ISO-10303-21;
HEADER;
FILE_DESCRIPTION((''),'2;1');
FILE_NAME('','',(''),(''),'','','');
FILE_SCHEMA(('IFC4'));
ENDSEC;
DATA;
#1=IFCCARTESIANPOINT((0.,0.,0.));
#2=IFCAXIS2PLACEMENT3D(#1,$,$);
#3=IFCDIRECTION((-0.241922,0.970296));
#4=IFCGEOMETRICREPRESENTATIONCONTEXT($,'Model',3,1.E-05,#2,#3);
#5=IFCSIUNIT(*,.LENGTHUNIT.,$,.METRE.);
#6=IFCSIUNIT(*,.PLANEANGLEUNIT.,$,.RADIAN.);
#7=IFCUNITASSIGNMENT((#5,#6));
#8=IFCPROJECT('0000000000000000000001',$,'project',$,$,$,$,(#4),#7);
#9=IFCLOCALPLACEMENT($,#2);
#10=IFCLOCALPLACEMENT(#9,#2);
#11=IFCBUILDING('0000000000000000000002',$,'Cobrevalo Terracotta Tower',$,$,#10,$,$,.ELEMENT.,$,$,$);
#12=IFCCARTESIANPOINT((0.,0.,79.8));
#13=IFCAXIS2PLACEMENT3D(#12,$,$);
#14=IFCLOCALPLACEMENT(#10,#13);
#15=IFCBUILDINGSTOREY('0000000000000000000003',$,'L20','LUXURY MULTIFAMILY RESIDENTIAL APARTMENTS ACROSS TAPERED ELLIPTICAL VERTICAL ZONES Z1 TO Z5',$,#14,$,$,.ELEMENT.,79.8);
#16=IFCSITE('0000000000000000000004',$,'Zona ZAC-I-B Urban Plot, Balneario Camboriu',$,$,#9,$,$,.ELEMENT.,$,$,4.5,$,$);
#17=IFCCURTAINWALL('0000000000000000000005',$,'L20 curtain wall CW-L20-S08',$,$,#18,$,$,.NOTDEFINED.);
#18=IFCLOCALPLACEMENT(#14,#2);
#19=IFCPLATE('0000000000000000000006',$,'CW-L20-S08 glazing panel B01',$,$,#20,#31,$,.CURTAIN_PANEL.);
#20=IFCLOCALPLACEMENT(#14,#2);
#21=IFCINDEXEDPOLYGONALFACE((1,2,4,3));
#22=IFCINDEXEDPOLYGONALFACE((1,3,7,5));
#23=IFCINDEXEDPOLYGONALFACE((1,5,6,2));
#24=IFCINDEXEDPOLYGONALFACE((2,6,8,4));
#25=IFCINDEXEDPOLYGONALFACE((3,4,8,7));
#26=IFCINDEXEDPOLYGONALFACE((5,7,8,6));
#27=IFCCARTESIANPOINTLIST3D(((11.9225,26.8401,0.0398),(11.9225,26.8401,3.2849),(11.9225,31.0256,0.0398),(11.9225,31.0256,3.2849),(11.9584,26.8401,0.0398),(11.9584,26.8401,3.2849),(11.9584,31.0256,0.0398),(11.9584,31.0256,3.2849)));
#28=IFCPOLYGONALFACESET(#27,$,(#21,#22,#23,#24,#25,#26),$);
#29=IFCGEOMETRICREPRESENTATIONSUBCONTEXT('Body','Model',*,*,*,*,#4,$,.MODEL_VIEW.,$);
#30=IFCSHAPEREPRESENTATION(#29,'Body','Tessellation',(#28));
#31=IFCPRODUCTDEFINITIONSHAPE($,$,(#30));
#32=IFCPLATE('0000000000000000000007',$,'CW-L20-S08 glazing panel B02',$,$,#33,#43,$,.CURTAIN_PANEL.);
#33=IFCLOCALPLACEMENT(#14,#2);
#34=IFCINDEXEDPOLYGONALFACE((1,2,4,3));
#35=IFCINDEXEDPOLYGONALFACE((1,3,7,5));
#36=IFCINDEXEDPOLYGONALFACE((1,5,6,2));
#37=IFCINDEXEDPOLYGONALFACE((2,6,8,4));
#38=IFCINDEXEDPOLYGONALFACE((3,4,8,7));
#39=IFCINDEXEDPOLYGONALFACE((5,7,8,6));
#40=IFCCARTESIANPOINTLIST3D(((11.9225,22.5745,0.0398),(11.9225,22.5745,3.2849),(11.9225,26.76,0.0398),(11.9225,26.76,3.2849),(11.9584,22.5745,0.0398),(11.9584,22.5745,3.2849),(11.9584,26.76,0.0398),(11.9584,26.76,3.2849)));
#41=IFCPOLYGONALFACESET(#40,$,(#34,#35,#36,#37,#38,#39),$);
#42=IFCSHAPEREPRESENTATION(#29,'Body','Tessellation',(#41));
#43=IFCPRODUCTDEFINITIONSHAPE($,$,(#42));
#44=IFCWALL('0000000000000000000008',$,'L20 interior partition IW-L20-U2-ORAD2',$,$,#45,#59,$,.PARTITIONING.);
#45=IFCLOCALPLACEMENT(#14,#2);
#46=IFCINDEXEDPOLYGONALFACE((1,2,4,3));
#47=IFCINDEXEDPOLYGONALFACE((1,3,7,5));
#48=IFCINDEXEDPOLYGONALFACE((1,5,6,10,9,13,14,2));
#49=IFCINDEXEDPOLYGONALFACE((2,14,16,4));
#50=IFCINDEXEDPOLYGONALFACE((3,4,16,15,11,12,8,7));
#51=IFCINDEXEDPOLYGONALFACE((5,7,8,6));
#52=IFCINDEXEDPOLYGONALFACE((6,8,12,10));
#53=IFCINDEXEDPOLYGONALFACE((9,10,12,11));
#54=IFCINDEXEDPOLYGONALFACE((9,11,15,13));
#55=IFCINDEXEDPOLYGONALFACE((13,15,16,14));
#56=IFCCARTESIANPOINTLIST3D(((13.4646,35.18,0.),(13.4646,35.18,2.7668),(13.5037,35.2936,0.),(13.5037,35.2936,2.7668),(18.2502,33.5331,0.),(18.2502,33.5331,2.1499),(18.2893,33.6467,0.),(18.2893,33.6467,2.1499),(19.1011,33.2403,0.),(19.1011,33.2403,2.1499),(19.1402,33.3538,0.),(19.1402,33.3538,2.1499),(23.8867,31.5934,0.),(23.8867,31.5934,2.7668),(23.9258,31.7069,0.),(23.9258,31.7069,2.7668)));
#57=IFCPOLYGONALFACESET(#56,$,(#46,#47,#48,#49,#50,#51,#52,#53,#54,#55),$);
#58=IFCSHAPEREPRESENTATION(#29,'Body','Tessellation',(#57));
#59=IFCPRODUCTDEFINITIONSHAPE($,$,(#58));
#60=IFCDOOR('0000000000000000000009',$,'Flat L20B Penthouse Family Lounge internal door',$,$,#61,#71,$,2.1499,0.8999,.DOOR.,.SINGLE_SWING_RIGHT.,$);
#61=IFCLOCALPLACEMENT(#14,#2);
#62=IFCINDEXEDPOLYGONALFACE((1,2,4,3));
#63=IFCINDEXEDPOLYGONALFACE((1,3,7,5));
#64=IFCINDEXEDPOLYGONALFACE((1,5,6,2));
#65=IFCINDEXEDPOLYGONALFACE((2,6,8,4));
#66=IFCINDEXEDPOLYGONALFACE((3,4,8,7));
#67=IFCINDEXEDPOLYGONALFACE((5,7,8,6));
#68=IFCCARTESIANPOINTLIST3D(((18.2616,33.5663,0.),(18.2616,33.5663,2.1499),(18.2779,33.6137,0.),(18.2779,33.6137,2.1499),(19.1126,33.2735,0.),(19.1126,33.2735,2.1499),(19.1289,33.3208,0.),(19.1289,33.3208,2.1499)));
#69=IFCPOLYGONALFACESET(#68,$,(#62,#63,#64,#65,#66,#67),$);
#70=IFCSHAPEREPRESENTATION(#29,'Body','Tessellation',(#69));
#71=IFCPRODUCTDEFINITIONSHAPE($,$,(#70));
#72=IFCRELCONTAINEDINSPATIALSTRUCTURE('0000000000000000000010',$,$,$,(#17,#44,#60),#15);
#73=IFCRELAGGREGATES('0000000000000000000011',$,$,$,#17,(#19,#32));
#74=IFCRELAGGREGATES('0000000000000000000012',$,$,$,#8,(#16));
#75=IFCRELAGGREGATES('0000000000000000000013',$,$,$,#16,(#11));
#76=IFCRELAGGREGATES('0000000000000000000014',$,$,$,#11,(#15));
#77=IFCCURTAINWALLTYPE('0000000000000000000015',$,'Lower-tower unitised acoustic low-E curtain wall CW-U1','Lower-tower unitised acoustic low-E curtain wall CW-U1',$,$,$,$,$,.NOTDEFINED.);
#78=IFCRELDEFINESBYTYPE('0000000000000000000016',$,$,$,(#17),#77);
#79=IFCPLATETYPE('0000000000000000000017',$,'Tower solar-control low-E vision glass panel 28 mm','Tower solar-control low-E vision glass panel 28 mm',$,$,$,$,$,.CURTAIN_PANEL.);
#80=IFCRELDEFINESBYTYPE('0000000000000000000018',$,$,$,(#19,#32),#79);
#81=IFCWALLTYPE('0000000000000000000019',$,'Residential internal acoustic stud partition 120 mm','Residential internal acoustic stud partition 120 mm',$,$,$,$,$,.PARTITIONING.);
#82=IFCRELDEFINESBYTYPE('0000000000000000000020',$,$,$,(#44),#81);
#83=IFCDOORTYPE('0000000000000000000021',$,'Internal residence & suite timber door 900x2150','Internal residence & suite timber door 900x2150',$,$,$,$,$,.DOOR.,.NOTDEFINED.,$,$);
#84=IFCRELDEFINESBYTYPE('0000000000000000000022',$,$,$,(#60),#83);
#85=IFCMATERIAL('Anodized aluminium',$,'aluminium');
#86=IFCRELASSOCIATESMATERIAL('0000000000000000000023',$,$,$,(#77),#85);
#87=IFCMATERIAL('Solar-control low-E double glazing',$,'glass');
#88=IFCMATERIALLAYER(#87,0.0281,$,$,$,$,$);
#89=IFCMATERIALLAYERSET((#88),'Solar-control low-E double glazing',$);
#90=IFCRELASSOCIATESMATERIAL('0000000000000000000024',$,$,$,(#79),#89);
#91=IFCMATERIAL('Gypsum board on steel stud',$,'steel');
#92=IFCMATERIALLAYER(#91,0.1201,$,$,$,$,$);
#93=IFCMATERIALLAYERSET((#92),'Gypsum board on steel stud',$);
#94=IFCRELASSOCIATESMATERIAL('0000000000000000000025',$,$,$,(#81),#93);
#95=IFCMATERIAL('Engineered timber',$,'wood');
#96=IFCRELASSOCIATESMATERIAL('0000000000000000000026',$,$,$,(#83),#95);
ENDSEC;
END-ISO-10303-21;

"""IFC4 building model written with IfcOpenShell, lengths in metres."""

from ifc_helpers import new_model, si_unit, direction, frame, frame_2d, origin, origin_2d, place, context, subcontext, project, spatial, rectangle, extrude, source, transform, mapped, material, layer, layer_set, type_object, element, fill, aggregate, save


model = new_model("IFC4")

# Units and contexts
model_context = context("Model", 3, precision=1e-05, world=origin(), true_north=direction((-0.241922, 0.970296)))
body_context = subcontext(model_context, "Body", "Model", "MODEL_VIEW")
ifc_project = project(units=[si_unit("LENGTHUNIT", "METRE"), si_unit("PLANEANGLEUNIT", "RADIAN")], contexts=[model_context])

# Site, building, storey
site_placement = place(None, origin())
site = spatial("IfcSite", under=ifc_project, at=site_placement, Name="Zona ZAC-I-B Urban Plot, Balneario Camboriu", CompositionType="ELEMENT", RefElevation=4.5)
building_placement = place(site_placement, origin())
building = spatial("IfcBuilding", under=site, at=building_placement, Name="Cobrevalo Terracotta Tower", CompositionType="ELEMENT")
storey_placement = place(building_placement, frame((0.0, 0.0, 79.8)))
storey = spatial("IfcBuildingStorey", under=building, at=storey_placement, Name="L20", Description="LUXURY MULTIFAMILY RESIDENTIAL APARTMENTS ACROSS TAPERED ELLIPTICAL VERTICAL ZONES Z1 TO Z5", CompositionType="ELEMENT", Elevation=79.8)

# Curtain wall
ifc_material_1 = material(Name="Anodized aluminium", Category="aluminium")
curtain_wall_type = type_object("IfcCurtainWallType", Name="Lower-tower unitised acoustic low-E curtain wall CW-U1", Description="Lower-tower unitised acoustic low-E curtain wall CW-U1", PredefinedType="NOTDEFINED", material=ifc_material_1)
curtain_wall_1_placement = place(storey_placement, origin())
curtain_wall_1 = element("IfcCurtainWall", 1, at=curtain_wall_1_placement, inside=storey, type_object=curtain_wall_type, Name="L20 curtain wall CW-L20-S08", PredefinedType="NOTDEFINED")

# Plates
ifc_material_2 = material(Name="Solar-control low-E double glazing", Category="glass")
ifc_layer_1 = layer(ifc_material_2, 0.0281)
ifc_layer_set_1 = layer_set([ifc_layer_1], Name="Solar-control low-E double glazing")
plate_type = type_object("IfcPlateType", Name="Tower solar-control low-E vision glass panel 28 mm", Description="Tower solar-control low-E vision glass panel 28 mm", PredefinedType="CURTAIN_PANEL", material=ifc_layer_set_1)
shared_shape_1 = source(origin(), body_context, "Body", "SweptSolid", [
    extrude(rectangle(XDim=4.1855, YDim=0.0359, at=origin_2d()), origin(), (0.0, 0.0, 1.0), 3.2451),
])
plate_1_placement = place(storey_placement, frame((11.9404, 28.9329, 0.0398), z_axis=(0.0, 0.0, 1.0), x_axis=(0.0, -1.0, 0.0)))
plate_1 = element("IfcPlate", 2, at=plate_1_placement, type_object=plate_type, Name="CW-L20-S08 glazing panel B01", PredefinedType="CURTAIN_PANEL", context=body_context, shape_type="MappedRepresentation", body=[
    mapped(shared_shape_1, transform((0.0, 0.0, 0.0), scale=1.0)),
])
plate_2_placement = place(storey_placement, frame((11.9404, 24.6672, 0.0398), z_axis=(0.0, 0.0, 1.0), x_axis=(0.0, -1.0, 0.0)))
plate_2 = element("IfcPlate", 3, at=plate_2_placement, type_object=plate_type, Name="CW-L20-S08 glazing panel B02", PredefinedType="CURTAIN_PANEL", context=body_context, shape_type="MappedRepresentation", body=[
    mapped(shared_shape_1, transform((0.0, 0.0, 0.0), scale=1.0)),
])
aggregate(curtain_wall_1, [plate_1, plate_2])

# Wall, opening, door
ifc_material_3 = material(Name="Gypsum board on steel stud", Category="steel")
ifc_layer_2 = layer(ifc_material_3, 0.1201)
ifc_layer_set_2 = layer_set([ifc_layer_2], Name="Gypsum board on steel stud")
wall_type = type_object("IfcWallType", Name="Residential internal acoustic stud partition 120 mm", Description="Residential internal acoustic stud partition 120 mm", PredefinedType="PARTITIONING", material=ifc_layer_set_2)
wall_placement = place(storey_placement, frame((23.9062, 31.6501, 0.0), z_axis=(0.0, 0.0, 1.0), x_axis=(-0.945573, 0.32541, 0.0)))
wall = element("IfcWall", 4, at=wall_placement, inside=storey, type_object=wall_type, Name="L20 interior partition IW-L20-U2-ORAD2", PredefinedType="PARTITIONING", context=body_context, shape_type="SweptSolid", body=[
    extrude(rectangle(XDim=11.022, YDim=0.1201, at=frame_2d((5.511, 0.0))), origin(), (0.0, 0.0, 1.0), 2.7668),
])
opening_placement = place(wall_placement, frame((5.061, 0.0, 0.0)))
opening = element("IfcOpeningElement", 5, at=opening_placement, cuts=wall, PredefinedType="OPENING", context=body_context, shape_type="SweptSolid", body=[
    extrude(rectangle(XDim=0.8999, YDim=2.1499, at=frame_2d((0.45, 1.075))), frame((0.0, 0.0701, 0.0), z_axis=(0.0, -1.0, 0.0), x_axis=(1.0, 0.0, 0.0)), (0.0, 0.0, 1.0), 0.1401),
])
ifc_material_4 = material(Name="Engineered timber", Category="wood")
door_type = type_object("IfcDoorType", Name="Internal residence & suite timber door 900x2150", Description="Internal residence & suite timber door 900x2150", OperationType="NOTDEFINED", PredefinedType="DOOR", material=ifc_material_4)
shared_shape_2 = source(origin(), body_context, "Body", "SweptSolid", [
    extrude(rectangle(XDim=0.8999, YDim=2.1499, at=frame_2d((0.45, 1.075))), frame((0.0, 0.0249, 0.0), z_axis=(0.0, -1.0, 0.0), x_axis=(1.0, 0.0, 0.0)), (0.0, 0.0, 1.0), 0.05),
])
door_placement = place(opening_placement, origin())
door = element("IfcDoor", 6, at=door_placement, inside=storey, type_object=door_type, Name="Flat L20B Penthouse Family Lounge internal door", OperationType="SINGLE_SWING_RIGHT", OverallHeight=2.1499, OverallWidth=0.8999, PredefinedType="DOOR", context=body_context, shape_type="MappedRepresentation", body=[
    mapped(shared_shape_2, transform((0.0, 0.0, 0.0), scale=1.0)),
])
fill(opening, door)

save(model, "model.ifc")
